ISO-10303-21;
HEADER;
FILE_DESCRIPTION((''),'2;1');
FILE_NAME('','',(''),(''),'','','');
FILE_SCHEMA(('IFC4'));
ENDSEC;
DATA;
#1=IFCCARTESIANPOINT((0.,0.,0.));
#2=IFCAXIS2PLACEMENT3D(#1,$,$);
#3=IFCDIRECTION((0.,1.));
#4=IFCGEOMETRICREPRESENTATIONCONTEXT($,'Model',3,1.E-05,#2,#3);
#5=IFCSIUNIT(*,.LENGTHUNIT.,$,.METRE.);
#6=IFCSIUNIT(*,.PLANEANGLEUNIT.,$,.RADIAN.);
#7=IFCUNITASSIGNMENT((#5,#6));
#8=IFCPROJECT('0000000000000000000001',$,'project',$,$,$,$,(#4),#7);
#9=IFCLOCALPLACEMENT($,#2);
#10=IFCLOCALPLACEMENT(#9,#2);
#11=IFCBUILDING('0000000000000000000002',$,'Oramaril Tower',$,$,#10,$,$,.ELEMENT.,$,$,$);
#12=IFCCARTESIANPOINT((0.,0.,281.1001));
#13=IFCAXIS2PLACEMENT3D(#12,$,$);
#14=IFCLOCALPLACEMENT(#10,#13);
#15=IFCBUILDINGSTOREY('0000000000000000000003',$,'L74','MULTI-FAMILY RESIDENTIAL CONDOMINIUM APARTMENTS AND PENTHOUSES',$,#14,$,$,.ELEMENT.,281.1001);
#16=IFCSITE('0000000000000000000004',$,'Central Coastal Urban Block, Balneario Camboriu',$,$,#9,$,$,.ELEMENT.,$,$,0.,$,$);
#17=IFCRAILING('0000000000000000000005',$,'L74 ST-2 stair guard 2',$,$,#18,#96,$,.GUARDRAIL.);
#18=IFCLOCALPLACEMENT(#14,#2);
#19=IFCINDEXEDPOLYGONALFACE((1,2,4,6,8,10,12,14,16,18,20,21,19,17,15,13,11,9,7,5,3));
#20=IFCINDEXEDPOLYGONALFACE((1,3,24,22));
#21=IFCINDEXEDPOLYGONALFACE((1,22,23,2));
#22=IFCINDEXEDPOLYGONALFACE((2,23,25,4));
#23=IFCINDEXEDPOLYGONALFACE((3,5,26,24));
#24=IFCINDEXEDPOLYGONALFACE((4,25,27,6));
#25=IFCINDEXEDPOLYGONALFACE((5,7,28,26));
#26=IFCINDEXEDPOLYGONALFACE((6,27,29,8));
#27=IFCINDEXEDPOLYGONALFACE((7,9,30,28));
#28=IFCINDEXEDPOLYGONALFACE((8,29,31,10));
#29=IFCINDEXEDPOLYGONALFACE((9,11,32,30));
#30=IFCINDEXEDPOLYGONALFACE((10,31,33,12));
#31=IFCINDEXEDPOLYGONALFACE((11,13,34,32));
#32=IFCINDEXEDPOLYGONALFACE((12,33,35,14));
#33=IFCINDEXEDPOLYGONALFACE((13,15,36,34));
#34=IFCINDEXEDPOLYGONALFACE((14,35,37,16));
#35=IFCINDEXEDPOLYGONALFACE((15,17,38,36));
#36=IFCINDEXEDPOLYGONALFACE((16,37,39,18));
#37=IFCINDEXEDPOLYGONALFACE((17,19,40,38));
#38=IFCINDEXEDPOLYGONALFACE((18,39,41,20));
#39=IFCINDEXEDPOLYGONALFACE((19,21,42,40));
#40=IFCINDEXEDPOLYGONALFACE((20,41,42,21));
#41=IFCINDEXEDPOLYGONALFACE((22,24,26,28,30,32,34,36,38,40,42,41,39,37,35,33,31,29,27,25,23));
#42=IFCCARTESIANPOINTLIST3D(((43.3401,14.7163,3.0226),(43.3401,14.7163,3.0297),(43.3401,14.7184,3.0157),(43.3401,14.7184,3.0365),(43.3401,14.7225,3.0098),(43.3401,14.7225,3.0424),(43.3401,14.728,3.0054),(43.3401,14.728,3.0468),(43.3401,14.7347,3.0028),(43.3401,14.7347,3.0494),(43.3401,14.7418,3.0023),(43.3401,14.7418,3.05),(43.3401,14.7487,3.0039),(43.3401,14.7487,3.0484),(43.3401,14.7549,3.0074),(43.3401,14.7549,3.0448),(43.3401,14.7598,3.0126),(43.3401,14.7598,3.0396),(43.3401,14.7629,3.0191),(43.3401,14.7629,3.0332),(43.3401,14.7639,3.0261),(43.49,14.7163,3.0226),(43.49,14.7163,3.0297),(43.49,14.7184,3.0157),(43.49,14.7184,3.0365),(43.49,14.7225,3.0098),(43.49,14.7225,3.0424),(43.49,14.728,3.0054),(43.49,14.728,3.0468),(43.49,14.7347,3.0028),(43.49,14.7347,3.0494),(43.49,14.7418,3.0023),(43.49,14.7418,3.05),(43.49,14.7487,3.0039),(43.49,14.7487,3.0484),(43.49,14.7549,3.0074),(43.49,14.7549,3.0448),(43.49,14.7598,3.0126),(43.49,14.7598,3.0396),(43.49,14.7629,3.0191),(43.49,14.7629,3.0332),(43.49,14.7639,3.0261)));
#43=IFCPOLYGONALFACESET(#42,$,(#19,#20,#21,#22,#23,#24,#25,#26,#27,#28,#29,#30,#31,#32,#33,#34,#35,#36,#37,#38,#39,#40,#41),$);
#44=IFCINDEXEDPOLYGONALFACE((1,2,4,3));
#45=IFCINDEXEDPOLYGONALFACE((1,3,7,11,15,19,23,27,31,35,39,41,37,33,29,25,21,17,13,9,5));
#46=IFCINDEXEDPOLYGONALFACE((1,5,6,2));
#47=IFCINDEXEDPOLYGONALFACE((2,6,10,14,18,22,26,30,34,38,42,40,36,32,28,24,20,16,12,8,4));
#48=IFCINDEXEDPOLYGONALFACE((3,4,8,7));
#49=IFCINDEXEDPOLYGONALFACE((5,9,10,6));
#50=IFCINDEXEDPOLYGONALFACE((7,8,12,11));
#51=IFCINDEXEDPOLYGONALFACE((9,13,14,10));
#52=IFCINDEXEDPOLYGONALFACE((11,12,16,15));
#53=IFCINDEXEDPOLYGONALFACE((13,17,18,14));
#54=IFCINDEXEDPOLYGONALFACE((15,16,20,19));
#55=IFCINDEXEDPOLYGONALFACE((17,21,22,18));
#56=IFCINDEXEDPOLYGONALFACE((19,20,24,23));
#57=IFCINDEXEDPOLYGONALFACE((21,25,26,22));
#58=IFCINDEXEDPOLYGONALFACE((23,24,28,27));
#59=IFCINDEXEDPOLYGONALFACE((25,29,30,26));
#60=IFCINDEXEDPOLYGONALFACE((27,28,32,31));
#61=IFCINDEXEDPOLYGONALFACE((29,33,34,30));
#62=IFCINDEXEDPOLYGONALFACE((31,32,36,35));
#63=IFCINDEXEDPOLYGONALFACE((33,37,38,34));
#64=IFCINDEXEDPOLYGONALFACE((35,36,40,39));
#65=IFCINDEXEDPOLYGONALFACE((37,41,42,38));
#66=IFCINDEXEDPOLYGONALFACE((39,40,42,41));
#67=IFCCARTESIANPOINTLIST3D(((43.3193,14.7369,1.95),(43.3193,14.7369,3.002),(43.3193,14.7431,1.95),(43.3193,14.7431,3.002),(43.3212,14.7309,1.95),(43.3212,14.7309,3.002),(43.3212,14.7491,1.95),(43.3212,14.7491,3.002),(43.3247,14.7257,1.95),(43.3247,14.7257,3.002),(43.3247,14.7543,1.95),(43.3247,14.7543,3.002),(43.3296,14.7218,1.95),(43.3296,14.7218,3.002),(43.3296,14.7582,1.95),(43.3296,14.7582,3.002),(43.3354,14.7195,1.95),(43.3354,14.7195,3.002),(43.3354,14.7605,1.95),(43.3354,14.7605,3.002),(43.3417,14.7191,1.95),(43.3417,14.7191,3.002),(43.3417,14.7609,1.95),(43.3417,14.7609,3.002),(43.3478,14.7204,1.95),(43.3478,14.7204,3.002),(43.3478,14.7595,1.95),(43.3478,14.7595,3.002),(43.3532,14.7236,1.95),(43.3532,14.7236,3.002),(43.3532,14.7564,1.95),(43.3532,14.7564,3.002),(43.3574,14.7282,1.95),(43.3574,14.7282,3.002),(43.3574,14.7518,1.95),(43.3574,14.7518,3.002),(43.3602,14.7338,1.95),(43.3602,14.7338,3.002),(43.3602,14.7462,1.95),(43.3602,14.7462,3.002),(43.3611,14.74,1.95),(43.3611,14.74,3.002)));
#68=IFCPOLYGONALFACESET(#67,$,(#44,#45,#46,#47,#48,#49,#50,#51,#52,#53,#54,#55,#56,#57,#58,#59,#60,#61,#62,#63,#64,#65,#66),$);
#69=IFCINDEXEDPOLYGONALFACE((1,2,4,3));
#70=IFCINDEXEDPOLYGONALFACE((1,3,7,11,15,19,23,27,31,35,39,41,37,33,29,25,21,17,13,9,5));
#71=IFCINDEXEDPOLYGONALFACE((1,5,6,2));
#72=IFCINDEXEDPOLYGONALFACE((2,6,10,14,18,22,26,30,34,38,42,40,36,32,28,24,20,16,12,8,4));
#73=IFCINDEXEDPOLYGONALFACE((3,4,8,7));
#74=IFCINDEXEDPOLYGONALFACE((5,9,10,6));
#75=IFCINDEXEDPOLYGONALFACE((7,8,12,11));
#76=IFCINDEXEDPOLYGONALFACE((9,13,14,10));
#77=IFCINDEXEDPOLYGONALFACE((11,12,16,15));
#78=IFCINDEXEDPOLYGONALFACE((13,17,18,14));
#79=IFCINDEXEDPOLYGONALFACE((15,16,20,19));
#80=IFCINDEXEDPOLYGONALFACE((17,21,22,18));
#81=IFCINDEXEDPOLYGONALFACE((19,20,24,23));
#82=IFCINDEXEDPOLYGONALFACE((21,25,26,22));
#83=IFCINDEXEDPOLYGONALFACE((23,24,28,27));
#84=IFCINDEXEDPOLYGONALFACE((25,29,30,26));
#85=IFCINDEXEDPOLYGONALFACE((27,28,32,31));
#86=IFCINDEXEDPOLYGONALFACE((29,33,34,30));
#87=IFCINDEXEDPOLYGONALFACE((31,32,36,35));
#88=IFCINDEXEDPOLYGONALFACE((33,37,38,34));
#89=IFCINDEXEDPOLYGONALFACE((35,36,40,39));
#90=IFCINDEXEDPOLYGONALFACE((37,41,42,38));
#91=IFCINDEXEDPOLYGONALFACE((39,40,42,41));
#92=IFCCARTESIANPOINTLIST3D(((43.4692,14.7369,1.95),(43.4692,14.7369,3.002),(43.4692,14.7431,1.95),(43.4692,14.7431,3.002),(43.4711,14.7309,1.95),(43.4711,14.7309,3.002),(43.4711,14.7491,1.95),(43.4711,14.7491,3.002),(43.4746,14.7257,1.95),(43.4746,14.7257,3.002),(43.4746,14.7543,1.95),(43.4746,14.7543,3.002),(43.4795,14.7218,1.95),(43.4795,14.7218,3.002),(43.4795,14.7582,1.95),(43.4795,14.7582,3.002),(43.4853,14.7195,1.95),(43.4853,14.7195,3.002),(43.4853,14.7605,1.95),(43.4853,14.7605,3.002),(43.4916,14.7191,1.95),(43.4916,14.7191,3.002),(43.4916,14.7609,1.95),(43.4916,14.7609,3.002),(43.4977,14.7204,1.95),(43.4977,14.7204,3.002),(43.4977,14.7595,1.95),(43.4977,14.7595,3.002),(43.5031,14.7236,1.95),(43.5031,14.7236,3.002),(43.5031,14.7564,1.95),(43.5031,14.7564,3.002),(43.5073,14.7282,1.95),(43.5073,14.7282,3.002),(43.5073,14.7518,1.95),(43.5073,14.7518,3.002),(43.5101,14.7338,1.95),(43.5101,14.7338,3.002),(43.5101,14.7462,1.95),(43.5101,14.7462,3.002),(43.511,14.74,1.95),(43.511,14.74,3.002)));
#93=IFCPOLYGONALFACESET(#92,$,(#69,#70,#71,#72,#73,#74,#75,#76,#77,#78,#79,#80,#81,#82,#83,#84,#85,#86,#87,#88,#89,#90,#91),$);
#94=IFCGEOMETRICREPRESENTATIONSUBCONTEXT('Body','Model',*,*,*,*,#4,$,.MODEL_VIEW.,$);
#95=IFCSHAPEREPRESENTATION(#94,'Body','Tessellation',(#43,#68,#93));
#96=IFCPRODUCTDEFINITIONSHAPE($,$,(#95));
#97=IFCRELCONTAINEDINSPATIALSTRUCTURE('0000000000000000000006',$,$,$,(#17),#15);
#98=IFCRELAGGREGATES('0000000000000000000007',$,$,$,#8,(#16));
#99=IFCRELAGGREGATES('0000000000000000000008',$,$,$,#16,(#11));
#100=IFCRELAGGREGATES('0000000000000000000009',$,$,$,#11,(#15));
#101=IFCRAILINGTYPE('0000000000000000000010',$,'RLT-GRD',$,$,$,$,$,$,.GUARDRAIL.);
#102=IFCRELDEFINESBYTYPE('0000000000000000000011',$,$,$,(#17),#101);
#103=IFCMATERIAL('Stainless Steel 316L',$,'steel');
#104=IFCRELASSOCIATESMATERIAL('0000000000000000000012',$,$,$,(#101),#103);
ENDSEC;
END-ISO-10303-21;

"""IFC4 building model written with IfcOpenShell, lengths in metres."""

from ifc_helpers import new_model, si_unit, direction, frame, origin, origin_2d, place, context, subcontext, project, spatial, circle, extrude, material, type_object, element, save


model = new_model("IFC4")

# Units and contexts
model_context = context("Model", 3, precision=1e-05, world=origin(), true_north=direction((0.0, 1.0)))
body_context = subcontext(model_context, "Body", "Model", "MODEL_VIEW")
ifc_project = project(units=[si_unit("LENGTHUNIT", "METRE"), si_unit("PLANEANGLEUNIT", "RADIAN")], contexts=[model_context])

# Site, building, storey
site_placement = place(None, origin())
site = spatial("IfcSite", under=ifc_project, at=site_placement, Name="Central Coastal Urban Block, Balneario Camboriu", CompositionType="ELEMENT", RefElevation=0.0)
building_placement = place(site_placement, origin())
building = spatial("IfcBuilding", under=site, at=building_placement, Name="Oramaril Tower", CompositionType="ELEMENT")
storey_placement = place(building_placement, frame((0.0, 0.0, 281.1001)))
storey = spatial("IfcBuildingStorey", under=building, at=storey_placement, Name="L74", Description="MULTI-FAMILY RESIDENTIAL CONDOMINIUM APARTMENTS AND PENTHOUSES", CompositionType="ELEMENT", Elevation=281.1001)

# Railing
ifc_material_1 = material(Name="Stainless Steel 316L", Category="steel")
railing_type_1 = type_object("IfcRailingType", Name="RLT-GRD", PredefinedType="GUARDRAIL", material=ifc_material_1)
railing_1_placement = place(storey_placement, frame((43.3401, 14.74, 1.95)))
element("IfcRailing", 1, at=railing_1_placement, inside=storey, type_object=railing_type_1, Name="L74 ST-2 stair guard 2", PredefinedType="GUARDRAIL", context=body_context, shape_type="SweptSolid", body=[
    extrude(circle(Radius=0.0239, at=origin_2d()), frame((0.0, 0.0, 1.0762), z_axis=(1.0, 0.0, 0.0), x_axis=(0.0, 1.0, 0.0)), (0.0, 0.0, 1.0), 0.1499),
    extrude(circle(Radius=0.021, at=origin_2d()), origin(), (0.0, 0.0, 1.0), 1.052),
    extrude(circle(Radius=0.021, at=origin_2d()), frame((0.1499, 0.0, 0.0)), (0.0, 0.0, 1.0), 1.052),
])

save(model, "model.ifc")
